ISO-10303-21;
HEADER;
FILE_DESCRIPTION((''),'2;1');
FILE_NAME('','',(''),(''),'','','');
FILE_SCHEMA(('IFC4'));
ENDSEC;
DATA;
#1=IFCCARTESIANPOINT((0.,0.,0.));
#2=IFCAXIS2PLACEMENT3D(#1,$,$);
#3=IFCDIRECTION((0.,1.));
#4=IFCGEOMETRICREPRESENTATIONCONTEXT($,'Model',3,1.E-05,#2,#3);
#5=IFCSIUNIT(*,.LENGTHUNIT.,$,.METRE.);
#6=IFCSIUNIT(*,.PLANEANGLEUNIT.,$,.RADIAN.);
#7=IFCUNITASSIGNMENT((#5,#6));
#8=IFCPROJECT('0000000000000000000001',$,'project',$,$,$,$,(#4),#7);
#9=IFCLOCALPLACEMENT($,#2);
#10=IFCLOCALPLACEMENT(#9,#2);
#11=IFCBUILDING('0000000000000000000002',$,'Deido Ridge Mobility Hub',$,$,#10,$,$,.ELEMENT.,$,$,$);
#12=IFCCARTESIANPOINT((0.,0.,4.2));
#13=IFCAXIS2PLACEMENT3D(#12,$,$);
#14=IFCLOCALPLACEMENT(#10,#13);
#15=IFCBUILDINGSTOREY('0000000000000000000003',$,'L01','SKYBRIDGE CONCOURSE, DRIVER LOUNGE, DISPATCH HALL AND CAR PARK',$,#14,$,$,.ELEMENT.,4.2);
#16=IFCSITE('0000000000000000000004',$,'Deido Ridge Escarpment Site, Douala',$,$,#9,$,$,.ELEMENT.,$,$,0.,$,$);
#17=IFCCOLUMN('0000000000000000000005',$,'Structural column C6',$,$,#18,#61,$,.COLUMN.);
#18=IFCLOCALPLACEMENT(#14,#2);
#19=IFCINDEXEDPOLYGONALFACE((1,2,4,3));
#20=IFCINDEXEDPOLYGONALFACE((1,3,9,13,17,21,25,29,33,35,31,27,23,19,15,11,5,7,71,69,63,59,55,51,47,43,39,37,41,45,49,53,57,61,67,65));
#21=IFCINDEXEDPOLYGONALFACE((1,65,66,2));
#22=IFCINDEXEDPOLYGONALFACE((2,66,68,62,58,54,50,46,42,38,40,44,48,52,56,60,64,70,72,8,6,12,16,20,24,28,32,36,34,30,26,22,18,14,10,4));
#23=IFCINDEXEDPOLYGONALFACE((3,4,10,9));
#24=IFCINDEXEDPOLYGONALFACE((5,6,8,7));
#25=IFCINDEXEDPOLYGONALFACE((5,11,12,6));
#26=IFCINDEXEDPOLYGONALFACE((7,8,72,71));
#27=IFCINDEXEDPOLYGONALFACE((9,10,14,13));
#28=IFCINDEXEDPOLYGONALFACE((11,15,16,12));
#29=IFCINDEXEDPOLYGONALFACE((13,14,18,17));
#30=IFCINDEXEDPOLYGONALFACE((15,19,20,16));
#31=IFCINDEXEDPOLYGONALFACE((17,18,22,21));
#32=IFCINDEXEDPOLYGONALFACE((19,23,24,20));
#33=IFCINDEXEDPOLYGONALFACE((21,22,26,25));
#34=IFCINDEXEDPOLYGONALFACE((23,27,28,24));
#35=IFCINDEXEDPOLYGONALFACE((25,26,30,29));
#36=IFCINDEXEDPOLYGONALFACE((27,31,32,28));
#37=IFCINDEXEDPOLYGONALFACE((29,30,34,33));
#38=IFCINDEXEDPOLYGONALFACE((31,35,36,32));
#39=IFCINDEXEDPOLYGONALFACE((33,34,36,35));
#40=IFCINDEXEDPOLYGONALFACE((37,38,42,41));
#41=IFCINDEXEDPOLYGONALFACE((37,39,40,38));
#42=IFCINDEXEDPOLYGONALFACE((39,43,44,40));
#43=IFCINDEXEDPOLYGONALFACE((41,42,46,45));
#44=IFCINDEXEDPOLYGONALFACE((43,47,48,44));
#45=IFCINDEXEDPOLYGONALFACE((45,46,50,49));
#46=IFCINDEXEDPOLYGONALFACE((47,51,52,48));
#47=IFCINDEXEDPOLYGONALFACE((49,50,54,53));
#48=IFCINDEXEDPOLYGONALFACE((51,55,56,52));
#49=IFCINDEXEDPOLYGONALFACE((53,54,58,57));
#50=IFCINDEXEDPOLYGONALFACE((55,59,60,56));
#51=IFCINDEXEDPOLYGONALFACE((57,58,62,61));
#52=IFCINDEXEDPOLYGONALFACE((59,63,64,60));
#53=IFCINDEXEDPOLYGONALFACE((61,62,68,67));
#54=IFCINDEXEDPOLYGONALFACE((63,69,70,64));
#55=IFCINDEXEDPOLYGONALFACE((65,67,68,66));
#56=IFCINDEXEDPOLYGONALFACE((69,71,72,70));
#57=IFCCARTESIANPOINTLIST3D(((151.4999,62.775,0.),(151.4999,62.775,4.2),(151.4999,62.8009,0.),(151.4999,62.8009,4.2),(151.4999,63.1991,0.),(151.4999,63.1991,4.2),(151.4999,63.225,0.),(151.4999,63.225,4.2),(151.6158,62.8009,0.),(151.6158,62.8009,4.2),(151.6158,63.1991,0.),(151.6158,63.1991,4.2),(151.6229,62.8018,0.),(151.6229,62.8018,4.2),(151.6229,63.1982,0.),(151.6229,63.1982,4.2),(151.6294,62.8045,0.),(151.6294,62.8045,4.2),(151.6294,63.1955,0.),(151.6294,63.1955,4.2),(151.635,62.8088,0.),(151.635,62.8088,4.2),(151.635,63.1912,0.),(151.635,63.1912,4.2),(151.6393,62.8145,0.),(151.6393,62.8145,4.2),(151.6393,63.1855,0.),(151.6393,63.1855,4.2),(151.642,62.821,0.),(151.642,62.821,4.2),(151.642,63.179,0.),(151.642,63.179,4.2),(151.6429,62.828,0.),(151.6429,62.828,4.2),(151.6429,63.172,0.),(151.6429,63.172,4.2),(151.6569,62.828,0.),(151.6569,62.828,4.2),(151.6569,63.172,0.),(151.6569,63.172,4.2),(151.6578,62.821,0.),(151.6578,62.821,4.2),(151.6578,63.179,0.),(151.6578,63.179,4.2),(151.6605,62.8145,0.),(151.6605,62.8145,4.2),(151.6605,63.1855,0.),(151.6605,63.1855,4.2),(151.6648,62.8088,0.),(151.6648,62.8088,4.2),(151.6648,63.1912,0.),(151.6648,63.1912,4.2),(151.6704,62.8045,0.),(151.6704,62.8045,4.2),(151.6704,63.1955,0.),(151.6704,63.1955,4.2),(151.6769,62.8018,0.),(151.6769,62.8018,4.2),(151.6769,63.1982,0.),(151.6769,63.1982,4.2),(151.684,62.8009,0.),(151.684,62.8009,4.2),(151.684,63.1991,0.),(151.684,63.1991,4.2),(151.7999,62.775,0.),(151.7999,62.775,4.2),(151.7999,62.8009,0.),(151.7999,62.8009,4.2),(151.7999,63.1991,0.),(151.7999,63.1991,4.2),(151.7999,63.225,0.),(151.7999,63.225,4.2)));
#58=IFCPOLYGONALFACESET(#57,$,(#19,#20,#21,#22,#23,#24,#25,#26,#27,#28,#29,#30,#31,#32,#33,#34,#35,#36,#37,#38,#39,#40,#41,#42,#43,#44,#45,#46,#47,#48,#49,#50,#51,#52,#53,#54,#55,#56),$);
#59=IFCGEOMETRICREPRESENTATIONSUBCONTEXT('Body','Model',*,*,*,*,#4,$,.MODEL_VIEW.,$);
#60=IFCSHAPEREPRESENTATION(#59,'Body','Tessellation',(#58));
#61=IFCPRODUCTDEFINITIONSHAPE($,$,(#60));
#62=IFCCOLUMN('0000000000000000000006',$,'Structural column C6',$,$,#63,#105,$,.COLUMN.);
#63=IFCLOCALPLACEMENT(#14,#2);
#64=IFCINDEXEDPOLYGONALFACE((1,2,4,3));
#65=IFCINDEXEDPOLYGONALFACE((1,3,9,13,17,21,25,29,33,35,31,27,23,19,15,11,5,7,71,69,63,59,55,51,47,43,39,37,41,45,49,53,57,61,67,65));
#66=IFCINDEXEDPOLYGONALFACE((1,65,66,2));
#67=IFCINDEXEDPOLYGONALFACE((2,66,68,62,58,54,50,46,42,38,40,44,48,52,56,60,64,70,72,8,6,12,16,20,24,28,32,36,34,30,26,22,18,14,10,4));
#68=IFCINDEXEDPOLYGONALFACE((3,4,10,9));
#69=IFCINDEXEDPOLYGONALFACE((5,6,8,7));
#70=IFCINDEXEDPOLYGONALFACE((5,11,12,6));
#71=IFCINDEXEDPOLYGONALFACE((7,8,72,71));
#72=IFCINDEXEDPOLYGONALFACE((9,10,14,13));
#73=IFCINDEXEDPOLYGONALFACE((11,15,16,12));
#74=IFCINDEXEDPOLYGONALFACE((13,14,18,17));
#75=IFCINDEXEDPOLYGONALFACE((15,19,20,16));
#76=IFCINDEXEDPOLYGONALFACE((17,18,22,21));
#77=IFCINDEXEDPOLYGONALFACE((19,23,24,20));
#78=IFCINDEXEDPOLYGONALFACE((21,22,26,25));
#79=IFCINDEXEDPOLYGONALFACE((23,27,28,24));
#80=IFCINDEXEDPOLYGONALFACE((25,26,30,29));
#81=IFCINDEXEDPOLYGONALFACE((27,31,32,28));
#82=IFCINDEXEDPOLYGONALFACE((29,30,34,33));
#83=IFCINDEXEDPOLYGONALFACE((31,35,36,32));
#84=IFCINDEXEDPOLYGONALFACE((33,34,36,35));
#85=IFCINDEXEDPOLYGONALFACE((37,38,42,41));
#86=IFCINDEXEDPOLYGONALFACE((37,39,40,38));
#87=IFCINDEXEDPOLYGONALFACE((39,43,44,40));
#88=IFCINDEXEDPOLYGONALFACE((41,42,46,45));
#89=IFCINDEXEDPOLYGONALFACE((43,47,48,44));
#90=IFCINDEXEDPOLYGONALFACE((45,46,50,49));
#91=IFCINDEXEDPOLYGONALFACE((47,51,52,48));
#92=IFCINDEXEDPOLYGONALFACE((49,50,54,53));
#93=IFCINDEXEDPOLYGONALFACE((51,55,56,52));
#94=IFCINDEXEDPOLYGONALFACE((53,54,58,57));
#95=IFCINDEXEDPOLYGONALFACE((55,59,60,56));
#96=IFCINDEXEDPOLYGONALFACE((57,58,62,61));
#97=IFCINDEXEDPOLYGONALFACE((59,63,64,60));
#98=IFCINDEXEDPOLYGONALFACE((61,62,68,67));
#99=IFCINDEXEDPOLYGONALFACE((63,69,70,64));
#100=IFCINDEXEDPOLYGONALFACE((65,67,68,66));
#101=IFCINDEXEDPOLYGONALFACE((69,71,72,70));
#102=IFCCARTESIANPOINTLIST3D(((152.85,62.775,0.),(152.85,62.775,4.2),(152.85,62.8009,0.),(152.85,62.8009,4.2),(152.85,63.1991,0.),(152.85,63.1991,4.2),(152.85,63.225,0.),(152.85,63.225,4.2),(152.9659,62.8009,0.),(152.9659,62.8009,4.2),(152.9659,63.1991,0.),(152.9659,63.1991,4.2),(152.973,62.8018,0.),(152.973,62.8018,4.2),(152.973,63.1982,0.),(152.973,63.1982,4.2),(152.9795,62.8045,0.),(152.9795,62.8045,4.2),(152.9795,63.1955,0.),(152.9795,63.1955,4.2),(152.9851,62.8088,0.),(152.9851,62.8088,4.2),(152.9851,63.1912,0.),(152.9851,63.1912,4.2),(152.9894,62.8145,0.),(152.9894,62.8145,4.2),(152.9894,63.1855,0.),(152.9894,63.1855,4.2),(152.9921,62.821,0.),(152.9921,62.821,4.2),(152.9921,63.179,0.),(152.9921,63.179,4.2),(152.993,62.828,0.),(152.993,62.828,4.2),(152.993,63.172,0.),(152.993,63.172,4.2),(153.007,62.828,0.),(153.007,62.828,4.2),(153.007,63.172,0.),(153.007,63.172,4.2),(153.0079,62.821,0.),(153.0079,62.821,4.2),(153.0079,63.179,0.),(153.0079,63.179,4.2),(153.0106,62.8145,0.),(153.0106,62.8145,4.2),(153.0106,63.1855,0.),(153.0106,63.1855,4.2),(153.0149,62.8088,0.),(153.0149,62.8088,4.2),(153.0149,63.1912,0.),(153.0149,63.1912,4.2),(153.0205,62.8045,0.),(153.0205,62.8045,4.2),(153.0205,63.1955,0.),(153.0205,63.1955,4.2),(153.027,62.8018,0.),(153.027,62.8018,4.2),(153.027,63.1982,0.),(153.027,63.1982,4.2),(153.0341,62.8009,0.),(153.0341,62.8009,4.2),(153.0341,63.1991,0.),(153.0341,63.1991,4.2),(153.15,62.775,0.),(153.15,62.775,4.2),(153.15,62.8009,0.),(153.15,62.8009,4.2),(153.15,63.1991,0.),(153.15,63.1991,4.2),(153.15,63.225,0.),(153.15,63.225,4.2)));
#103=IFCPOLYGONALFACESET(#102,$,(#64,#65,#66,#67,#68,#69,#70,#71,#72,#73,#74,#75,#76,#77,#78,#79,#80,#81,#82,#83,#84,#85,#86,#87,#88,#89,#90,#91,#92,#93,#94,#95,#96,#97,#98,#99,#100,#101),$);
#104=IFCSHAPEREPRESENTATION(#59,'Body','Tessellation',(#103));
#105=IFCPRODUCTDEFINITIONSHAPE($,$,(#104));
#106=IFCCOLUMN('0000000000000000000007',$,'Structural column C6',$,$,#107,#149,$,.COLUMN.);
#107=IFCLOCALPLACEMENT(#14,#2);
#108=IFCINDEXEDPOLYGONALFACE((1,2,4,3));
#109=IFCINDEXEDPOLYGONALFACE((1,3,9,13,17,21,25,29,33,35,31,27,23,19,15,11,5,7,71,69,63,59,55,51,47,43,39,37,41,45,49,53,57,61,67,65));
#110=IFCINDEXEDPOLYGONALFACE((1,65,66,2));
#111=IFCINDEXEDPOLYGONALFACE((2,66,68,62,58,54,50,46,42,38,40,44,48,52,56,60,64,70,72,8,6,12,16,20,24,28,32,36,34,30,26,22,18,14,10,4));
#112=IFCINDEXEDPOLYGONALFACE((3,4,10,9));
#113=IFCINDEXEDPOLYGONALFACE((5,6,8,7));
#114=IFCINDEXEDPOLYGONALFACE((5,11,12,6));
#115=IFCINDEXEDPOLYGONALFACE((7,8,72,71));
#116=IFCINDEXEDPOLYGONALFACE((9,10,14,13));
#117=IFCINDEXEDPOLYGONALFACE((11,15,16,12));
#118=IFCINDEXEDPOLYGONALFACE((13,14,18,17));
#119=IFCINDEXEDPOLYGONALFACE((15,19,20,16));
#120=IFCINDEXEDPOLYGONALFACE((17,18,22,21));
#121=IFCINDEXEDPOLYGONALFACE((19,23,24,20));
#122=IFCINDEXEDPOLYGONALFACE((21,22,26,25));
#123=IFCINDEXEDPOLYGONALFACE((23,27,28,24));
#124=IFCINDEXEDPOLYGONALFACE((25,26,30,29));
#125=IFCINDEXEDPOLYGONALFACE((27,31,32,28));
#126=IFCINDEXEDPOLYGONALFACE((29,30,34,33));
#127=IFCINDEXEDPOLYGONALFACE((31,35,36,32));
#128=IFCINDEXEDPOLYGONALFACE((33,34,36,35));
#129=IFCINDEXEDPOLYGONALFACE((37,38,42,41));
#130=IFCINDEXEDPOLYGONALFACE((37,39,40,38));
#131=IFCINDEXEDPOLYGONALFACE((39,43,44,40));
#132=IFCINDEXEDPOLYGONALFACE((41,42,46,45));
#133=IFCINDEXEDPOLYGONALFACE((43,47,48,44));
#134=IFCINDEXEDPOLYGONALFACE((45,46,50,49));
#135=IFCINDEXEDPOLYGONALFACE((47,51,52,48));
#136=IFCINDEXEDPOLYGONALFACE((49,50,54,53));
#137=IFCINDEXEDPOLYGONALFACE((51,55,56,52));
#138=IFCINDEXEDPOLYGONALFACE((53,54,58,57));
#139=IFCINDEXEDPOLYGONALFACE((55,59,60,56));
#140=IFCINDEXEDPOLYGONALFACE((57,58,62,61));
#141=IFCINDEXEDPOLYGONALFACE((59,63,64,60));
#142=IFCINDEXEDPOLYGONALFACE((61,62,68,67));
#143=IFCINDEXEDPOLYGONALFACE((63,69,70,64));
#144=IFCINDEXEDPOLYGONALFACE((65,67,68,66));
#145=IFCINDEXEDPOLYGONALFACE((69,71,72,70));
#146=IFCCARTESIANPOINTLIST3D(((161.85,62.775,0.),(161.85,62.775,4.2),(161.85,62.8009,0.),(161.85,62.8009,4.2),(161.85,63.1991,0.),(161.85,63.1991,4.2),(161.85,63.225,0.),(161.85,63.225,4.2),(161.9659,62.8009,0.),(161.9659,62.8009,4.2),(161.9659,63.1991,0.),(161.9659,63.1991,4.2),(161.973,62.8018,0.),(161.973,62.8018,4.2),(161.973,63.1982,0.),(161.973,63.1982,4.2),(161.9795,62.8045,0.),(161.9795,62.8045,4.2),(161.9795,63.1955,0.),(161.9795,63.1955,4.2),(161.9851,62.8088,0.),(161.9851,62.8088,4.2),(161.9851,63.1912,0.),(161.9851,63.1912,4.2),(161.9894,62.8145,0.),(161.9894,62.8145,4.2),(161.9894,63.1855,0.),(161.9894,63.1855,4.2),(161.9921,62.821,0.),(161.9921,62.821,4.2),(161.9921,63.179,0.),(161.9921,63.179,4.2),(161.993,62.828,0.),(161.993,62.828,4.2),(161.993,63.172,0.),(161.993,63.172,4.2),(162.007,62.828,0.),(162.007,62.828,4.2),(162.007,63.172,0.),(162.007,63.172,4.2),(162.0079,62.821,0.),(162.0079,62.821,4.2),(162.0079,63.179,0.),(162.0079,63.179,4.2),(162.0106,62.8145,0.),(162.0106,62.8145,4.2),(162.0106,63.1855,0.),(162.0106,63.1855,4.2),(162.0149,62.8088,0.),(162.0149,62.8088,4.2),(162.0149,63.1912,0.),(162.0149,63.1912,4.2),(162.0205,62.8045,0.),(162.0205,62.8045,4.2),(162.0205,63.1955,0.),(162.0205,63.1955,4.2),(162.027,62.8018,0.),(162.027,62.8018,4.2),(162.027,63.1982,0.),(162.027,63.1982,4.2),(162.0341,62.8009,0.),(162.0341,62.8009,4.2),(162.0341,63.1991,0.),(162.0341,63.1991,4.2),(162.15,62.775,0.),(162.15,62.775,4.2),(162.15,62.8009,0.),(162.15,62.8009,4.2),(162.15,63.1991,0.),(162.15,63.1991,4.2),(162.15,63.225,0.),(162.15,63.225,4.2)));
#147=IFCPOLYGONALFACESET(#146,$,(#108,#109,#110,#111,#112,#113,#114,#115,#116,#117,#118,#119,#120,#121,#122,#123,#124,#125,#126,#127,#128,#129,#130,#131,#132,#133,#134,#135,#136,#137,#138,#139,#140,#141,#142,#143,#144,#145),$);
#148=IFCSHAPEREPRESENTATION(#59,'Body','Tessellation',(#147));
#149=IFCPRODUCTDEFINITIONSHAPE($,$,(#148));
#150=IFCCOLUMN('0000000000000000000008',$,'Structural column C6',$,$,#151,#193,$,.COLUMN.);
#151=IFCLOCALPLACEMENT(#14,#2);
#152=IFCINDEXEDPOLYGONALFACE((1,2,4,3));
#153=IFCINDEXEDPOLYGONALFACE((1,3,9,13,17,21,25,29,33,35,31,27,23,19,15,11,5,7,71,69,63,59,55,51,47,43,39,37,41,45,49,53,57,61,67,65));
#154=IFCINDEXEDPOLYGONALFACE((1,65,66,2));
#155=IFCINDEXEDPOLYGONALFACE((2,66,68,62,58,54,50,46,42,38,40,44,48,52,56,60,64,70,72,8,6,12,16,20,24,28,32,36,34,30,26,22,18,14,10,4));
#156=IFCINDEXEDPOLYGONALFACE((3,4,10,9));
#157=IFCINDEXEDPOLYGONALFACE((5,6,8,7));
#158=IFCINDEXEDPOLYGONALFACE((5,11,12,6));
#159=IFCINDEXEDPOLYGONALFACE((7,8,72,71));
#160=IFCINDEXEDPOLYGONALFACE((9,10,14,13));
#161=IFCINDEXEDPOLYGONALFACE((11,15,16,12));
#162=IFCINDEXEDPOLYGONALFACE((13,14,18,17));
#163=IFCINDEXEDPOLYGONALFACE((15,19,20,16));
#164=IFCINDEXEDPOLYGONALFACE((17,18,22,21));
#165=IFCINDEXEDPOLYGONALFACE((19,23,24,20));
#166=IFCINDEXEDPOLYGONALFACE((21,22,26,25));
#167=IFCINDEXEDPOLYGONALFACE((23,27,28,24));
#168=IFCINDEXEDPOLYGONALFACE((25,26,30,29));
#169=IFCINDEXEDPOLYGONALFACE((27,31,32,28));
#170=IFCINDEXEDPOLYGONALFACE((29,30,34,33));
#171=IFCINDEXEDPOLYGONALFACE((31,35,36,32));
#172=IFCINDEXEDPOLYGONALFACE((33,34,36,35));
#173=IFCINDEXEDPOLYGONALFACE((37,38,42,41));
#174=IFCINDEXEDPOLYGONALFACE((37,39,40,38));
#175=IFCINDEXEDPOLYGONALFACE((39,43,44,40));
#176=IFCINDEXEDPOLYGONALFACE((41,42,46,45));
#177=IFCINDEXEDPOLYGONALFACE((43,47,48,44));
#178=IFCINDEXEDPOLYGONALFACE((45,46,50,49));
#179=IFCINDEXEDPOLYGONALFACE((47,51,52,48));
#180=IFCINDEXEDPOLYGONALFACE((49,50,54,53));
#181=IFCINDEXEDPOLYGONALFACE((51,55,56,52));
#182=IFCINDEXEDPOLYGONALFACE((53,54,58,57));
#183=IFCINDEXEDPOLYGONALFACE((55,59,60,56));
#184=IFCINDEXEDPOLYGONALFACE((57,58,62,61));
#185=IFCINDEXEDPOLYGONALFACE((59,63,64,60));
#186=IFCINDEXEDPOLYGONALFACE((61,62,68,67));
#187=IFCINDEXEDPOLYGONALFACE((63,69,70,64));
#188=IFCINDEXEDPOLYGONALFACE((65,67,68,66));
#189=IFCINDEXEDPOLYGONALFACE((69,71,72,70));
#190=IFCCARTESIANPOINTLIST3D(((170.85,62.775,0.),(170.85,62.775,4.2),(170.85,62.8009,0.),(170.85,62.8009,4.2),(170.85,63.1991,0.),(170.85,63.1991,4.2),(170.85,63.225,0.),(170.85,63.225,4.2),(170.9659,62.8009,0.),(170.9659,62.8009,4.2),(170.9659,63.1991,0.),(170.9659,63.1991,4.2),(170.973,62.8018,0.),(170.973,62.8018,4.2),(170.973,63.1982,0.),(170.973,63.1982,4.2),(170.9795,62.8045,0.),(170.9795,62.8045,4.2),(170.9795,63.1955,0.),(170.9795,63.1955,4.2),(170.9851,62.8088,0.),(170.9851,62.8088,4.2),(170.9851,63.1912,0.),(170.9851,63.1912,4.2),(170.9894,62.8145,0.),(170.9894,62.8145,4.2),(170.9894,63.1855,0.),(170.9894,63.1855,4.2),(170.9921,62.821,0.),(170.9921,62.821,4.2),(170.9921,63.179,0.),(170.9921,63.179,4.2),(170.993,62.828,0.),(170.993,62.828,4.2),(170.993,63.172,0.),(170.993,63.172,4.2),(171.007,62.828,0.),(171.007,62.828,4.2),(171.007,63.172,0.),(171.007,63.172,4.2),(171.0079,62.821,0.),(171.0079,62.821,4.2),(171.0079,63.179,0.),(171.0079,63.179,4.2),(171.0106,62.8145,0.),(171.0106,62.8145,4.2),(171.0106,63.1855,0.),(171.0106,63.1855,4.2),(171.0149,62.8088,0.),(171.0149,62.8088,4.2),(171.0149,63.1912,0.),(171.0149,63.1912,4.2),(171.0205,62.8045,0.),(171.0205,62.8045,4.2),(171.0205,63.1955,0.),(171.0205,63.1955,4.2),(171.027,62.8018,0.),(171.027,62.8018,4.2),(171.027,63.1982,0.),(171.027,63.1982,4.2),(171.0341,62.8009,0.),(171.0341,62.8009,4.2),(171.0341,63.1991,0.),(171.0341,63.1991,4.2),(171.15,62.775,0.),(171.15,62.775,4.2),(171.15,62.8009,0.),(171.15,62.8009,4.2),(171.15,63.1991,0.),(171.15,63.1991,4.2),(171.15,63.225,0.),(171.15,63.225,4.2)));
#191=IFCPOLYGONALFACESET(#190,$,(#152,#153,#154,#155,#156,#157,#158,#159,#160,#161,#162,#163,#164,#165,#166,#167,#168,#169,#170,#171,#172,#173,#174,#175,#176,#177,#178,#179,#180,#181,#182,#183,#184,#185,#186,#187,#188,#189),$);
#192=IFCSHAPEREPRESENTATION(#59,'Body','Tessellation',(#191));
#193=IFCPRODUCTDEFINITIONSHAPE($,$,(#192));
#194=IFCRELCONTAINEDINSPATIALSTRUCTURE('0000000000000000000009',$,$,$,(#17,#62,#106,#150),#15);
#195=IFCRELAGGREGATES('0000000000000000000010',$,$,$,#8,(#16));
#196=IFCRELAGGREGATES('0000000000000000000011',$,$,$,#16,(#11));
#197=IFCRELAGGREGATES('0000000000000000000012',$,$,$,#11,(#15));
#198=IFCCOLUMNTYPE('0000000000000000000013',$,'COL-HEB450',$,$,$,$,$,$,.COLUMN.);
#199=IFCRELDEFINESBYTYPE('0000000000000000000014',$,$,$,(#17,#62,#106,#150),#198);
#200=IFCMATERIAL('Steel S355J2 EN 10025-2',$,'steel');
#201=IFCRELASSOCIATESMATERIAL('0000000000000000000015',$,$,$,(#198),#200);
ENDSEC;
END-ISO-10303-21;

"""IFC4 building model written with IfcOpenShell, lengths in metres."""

from ifc_helpers import new_model, si_unit, direction, frame, origin, origin_2d, place, context, subcontext, project, spatial, i_section, extrude, material, material_profile, profile_set, type_object, element, save


model = new_model("IFC4")

# Units and contexts
model_context = context("Model", 3, precision=1e-05, world=origin(), true_north=direction((0.0, 1.0)))
body_context = subcontext(model_context, "Body", "Model", "MODEL_VIEW")
ifc_project = project(units=[si_unit("LENGTHUNIT", "METRE"), si_unit("PLANEANGLEUNIT", "RADIAN")], contexts=[model_context])

# Site, building, storey
site_placement = place(None, origin())
site = spatial("IfcSite", under=ifc_project, at=site_placement, Name="Deido Ridge Escarpment Site, Douala", CompositionType="ELEMENT", RefElevation=0.0)
building_placement = place(site_placement, origin())
building = spatial("IfcBuilding", under=site, at=building_placement, Name="Deido Ridge Mobility Hub", CompositionType="ELEMENT")
storey_placement = place(building_placement, frame((0.0, 0.0, 4.2)))
storey = spatial("IfcBuildingStorey", under=building, at=storey_placement, Name="L01", Description="SKYBRIDGE CONCOURSE, DRIVER LOUNGE, DISPATCH HALL AND CAR PARK", CompositionType="ELEMENT", Elevation=4.2)

# Columns
ifc_material_1 = material(Name="Steel S355J2 EN 10025-2", Category="steel")
ifc_material_profile_1 = material_profile(ifc_material_1, i_section(OverallWidth=0.3, OverallDepth=0.45, WebThickness=0.0139, FlangeThickness=0.0259, FilletRadius=0.0271, at=origin_2d()), Name="HEB 450")
ifc_profile_set_1 = profile_set([ifc_material_profile_1], Name="Steel S355J2 EN 10025-2")
column_type_1 = type_object("IfcColumnType", Name="COL-HEB450", PredefinedType="COLUMN", material=ifc_profile_set_1)
for number, where, z_axis, x_axis, name in (
    (1, (151.6499, 63.0, 0.0), (0.0, 0.0, 1.0), (1.0, 0.0, 0.0), "Structural column C6"),
    (2, (153.0, 63.0, 0.0), (0.0, 0.0, 1.0), (1.0, 0.0, 0.0), "Structural column C6"),
    (3, (162.0, 63.0, 0.0), (0.0, 0.0, 1.0), (1.0, 0.0, 0.0), "Structural column C6"),
    (4, (171.0, 63.0, 0.0), (0.0, 0.0, 1.0), (1.0, 0.0, 0.0), "Structural column C6"),
):
    element("IfcColumn", number, at=place(storey_placement, frame(where, z_axis=z_axis, x_axis=x_axis)), inside=storey, type_object=column_type_1, Name=name, PredefinedType="COLUMN", context=body_context, shape_type="SweptSolid", body=[
        extrude(i_section(OverallWidth=0.3, OverallDepth=0.45, WebThickness=0.0139, FlangeThickness=0.0259, FilletRadius=0.0271, at=origin_2d()), origin(), (0.0, 0.0, 1.0), 4.2),
    ])

save(model, "model.ifc")
